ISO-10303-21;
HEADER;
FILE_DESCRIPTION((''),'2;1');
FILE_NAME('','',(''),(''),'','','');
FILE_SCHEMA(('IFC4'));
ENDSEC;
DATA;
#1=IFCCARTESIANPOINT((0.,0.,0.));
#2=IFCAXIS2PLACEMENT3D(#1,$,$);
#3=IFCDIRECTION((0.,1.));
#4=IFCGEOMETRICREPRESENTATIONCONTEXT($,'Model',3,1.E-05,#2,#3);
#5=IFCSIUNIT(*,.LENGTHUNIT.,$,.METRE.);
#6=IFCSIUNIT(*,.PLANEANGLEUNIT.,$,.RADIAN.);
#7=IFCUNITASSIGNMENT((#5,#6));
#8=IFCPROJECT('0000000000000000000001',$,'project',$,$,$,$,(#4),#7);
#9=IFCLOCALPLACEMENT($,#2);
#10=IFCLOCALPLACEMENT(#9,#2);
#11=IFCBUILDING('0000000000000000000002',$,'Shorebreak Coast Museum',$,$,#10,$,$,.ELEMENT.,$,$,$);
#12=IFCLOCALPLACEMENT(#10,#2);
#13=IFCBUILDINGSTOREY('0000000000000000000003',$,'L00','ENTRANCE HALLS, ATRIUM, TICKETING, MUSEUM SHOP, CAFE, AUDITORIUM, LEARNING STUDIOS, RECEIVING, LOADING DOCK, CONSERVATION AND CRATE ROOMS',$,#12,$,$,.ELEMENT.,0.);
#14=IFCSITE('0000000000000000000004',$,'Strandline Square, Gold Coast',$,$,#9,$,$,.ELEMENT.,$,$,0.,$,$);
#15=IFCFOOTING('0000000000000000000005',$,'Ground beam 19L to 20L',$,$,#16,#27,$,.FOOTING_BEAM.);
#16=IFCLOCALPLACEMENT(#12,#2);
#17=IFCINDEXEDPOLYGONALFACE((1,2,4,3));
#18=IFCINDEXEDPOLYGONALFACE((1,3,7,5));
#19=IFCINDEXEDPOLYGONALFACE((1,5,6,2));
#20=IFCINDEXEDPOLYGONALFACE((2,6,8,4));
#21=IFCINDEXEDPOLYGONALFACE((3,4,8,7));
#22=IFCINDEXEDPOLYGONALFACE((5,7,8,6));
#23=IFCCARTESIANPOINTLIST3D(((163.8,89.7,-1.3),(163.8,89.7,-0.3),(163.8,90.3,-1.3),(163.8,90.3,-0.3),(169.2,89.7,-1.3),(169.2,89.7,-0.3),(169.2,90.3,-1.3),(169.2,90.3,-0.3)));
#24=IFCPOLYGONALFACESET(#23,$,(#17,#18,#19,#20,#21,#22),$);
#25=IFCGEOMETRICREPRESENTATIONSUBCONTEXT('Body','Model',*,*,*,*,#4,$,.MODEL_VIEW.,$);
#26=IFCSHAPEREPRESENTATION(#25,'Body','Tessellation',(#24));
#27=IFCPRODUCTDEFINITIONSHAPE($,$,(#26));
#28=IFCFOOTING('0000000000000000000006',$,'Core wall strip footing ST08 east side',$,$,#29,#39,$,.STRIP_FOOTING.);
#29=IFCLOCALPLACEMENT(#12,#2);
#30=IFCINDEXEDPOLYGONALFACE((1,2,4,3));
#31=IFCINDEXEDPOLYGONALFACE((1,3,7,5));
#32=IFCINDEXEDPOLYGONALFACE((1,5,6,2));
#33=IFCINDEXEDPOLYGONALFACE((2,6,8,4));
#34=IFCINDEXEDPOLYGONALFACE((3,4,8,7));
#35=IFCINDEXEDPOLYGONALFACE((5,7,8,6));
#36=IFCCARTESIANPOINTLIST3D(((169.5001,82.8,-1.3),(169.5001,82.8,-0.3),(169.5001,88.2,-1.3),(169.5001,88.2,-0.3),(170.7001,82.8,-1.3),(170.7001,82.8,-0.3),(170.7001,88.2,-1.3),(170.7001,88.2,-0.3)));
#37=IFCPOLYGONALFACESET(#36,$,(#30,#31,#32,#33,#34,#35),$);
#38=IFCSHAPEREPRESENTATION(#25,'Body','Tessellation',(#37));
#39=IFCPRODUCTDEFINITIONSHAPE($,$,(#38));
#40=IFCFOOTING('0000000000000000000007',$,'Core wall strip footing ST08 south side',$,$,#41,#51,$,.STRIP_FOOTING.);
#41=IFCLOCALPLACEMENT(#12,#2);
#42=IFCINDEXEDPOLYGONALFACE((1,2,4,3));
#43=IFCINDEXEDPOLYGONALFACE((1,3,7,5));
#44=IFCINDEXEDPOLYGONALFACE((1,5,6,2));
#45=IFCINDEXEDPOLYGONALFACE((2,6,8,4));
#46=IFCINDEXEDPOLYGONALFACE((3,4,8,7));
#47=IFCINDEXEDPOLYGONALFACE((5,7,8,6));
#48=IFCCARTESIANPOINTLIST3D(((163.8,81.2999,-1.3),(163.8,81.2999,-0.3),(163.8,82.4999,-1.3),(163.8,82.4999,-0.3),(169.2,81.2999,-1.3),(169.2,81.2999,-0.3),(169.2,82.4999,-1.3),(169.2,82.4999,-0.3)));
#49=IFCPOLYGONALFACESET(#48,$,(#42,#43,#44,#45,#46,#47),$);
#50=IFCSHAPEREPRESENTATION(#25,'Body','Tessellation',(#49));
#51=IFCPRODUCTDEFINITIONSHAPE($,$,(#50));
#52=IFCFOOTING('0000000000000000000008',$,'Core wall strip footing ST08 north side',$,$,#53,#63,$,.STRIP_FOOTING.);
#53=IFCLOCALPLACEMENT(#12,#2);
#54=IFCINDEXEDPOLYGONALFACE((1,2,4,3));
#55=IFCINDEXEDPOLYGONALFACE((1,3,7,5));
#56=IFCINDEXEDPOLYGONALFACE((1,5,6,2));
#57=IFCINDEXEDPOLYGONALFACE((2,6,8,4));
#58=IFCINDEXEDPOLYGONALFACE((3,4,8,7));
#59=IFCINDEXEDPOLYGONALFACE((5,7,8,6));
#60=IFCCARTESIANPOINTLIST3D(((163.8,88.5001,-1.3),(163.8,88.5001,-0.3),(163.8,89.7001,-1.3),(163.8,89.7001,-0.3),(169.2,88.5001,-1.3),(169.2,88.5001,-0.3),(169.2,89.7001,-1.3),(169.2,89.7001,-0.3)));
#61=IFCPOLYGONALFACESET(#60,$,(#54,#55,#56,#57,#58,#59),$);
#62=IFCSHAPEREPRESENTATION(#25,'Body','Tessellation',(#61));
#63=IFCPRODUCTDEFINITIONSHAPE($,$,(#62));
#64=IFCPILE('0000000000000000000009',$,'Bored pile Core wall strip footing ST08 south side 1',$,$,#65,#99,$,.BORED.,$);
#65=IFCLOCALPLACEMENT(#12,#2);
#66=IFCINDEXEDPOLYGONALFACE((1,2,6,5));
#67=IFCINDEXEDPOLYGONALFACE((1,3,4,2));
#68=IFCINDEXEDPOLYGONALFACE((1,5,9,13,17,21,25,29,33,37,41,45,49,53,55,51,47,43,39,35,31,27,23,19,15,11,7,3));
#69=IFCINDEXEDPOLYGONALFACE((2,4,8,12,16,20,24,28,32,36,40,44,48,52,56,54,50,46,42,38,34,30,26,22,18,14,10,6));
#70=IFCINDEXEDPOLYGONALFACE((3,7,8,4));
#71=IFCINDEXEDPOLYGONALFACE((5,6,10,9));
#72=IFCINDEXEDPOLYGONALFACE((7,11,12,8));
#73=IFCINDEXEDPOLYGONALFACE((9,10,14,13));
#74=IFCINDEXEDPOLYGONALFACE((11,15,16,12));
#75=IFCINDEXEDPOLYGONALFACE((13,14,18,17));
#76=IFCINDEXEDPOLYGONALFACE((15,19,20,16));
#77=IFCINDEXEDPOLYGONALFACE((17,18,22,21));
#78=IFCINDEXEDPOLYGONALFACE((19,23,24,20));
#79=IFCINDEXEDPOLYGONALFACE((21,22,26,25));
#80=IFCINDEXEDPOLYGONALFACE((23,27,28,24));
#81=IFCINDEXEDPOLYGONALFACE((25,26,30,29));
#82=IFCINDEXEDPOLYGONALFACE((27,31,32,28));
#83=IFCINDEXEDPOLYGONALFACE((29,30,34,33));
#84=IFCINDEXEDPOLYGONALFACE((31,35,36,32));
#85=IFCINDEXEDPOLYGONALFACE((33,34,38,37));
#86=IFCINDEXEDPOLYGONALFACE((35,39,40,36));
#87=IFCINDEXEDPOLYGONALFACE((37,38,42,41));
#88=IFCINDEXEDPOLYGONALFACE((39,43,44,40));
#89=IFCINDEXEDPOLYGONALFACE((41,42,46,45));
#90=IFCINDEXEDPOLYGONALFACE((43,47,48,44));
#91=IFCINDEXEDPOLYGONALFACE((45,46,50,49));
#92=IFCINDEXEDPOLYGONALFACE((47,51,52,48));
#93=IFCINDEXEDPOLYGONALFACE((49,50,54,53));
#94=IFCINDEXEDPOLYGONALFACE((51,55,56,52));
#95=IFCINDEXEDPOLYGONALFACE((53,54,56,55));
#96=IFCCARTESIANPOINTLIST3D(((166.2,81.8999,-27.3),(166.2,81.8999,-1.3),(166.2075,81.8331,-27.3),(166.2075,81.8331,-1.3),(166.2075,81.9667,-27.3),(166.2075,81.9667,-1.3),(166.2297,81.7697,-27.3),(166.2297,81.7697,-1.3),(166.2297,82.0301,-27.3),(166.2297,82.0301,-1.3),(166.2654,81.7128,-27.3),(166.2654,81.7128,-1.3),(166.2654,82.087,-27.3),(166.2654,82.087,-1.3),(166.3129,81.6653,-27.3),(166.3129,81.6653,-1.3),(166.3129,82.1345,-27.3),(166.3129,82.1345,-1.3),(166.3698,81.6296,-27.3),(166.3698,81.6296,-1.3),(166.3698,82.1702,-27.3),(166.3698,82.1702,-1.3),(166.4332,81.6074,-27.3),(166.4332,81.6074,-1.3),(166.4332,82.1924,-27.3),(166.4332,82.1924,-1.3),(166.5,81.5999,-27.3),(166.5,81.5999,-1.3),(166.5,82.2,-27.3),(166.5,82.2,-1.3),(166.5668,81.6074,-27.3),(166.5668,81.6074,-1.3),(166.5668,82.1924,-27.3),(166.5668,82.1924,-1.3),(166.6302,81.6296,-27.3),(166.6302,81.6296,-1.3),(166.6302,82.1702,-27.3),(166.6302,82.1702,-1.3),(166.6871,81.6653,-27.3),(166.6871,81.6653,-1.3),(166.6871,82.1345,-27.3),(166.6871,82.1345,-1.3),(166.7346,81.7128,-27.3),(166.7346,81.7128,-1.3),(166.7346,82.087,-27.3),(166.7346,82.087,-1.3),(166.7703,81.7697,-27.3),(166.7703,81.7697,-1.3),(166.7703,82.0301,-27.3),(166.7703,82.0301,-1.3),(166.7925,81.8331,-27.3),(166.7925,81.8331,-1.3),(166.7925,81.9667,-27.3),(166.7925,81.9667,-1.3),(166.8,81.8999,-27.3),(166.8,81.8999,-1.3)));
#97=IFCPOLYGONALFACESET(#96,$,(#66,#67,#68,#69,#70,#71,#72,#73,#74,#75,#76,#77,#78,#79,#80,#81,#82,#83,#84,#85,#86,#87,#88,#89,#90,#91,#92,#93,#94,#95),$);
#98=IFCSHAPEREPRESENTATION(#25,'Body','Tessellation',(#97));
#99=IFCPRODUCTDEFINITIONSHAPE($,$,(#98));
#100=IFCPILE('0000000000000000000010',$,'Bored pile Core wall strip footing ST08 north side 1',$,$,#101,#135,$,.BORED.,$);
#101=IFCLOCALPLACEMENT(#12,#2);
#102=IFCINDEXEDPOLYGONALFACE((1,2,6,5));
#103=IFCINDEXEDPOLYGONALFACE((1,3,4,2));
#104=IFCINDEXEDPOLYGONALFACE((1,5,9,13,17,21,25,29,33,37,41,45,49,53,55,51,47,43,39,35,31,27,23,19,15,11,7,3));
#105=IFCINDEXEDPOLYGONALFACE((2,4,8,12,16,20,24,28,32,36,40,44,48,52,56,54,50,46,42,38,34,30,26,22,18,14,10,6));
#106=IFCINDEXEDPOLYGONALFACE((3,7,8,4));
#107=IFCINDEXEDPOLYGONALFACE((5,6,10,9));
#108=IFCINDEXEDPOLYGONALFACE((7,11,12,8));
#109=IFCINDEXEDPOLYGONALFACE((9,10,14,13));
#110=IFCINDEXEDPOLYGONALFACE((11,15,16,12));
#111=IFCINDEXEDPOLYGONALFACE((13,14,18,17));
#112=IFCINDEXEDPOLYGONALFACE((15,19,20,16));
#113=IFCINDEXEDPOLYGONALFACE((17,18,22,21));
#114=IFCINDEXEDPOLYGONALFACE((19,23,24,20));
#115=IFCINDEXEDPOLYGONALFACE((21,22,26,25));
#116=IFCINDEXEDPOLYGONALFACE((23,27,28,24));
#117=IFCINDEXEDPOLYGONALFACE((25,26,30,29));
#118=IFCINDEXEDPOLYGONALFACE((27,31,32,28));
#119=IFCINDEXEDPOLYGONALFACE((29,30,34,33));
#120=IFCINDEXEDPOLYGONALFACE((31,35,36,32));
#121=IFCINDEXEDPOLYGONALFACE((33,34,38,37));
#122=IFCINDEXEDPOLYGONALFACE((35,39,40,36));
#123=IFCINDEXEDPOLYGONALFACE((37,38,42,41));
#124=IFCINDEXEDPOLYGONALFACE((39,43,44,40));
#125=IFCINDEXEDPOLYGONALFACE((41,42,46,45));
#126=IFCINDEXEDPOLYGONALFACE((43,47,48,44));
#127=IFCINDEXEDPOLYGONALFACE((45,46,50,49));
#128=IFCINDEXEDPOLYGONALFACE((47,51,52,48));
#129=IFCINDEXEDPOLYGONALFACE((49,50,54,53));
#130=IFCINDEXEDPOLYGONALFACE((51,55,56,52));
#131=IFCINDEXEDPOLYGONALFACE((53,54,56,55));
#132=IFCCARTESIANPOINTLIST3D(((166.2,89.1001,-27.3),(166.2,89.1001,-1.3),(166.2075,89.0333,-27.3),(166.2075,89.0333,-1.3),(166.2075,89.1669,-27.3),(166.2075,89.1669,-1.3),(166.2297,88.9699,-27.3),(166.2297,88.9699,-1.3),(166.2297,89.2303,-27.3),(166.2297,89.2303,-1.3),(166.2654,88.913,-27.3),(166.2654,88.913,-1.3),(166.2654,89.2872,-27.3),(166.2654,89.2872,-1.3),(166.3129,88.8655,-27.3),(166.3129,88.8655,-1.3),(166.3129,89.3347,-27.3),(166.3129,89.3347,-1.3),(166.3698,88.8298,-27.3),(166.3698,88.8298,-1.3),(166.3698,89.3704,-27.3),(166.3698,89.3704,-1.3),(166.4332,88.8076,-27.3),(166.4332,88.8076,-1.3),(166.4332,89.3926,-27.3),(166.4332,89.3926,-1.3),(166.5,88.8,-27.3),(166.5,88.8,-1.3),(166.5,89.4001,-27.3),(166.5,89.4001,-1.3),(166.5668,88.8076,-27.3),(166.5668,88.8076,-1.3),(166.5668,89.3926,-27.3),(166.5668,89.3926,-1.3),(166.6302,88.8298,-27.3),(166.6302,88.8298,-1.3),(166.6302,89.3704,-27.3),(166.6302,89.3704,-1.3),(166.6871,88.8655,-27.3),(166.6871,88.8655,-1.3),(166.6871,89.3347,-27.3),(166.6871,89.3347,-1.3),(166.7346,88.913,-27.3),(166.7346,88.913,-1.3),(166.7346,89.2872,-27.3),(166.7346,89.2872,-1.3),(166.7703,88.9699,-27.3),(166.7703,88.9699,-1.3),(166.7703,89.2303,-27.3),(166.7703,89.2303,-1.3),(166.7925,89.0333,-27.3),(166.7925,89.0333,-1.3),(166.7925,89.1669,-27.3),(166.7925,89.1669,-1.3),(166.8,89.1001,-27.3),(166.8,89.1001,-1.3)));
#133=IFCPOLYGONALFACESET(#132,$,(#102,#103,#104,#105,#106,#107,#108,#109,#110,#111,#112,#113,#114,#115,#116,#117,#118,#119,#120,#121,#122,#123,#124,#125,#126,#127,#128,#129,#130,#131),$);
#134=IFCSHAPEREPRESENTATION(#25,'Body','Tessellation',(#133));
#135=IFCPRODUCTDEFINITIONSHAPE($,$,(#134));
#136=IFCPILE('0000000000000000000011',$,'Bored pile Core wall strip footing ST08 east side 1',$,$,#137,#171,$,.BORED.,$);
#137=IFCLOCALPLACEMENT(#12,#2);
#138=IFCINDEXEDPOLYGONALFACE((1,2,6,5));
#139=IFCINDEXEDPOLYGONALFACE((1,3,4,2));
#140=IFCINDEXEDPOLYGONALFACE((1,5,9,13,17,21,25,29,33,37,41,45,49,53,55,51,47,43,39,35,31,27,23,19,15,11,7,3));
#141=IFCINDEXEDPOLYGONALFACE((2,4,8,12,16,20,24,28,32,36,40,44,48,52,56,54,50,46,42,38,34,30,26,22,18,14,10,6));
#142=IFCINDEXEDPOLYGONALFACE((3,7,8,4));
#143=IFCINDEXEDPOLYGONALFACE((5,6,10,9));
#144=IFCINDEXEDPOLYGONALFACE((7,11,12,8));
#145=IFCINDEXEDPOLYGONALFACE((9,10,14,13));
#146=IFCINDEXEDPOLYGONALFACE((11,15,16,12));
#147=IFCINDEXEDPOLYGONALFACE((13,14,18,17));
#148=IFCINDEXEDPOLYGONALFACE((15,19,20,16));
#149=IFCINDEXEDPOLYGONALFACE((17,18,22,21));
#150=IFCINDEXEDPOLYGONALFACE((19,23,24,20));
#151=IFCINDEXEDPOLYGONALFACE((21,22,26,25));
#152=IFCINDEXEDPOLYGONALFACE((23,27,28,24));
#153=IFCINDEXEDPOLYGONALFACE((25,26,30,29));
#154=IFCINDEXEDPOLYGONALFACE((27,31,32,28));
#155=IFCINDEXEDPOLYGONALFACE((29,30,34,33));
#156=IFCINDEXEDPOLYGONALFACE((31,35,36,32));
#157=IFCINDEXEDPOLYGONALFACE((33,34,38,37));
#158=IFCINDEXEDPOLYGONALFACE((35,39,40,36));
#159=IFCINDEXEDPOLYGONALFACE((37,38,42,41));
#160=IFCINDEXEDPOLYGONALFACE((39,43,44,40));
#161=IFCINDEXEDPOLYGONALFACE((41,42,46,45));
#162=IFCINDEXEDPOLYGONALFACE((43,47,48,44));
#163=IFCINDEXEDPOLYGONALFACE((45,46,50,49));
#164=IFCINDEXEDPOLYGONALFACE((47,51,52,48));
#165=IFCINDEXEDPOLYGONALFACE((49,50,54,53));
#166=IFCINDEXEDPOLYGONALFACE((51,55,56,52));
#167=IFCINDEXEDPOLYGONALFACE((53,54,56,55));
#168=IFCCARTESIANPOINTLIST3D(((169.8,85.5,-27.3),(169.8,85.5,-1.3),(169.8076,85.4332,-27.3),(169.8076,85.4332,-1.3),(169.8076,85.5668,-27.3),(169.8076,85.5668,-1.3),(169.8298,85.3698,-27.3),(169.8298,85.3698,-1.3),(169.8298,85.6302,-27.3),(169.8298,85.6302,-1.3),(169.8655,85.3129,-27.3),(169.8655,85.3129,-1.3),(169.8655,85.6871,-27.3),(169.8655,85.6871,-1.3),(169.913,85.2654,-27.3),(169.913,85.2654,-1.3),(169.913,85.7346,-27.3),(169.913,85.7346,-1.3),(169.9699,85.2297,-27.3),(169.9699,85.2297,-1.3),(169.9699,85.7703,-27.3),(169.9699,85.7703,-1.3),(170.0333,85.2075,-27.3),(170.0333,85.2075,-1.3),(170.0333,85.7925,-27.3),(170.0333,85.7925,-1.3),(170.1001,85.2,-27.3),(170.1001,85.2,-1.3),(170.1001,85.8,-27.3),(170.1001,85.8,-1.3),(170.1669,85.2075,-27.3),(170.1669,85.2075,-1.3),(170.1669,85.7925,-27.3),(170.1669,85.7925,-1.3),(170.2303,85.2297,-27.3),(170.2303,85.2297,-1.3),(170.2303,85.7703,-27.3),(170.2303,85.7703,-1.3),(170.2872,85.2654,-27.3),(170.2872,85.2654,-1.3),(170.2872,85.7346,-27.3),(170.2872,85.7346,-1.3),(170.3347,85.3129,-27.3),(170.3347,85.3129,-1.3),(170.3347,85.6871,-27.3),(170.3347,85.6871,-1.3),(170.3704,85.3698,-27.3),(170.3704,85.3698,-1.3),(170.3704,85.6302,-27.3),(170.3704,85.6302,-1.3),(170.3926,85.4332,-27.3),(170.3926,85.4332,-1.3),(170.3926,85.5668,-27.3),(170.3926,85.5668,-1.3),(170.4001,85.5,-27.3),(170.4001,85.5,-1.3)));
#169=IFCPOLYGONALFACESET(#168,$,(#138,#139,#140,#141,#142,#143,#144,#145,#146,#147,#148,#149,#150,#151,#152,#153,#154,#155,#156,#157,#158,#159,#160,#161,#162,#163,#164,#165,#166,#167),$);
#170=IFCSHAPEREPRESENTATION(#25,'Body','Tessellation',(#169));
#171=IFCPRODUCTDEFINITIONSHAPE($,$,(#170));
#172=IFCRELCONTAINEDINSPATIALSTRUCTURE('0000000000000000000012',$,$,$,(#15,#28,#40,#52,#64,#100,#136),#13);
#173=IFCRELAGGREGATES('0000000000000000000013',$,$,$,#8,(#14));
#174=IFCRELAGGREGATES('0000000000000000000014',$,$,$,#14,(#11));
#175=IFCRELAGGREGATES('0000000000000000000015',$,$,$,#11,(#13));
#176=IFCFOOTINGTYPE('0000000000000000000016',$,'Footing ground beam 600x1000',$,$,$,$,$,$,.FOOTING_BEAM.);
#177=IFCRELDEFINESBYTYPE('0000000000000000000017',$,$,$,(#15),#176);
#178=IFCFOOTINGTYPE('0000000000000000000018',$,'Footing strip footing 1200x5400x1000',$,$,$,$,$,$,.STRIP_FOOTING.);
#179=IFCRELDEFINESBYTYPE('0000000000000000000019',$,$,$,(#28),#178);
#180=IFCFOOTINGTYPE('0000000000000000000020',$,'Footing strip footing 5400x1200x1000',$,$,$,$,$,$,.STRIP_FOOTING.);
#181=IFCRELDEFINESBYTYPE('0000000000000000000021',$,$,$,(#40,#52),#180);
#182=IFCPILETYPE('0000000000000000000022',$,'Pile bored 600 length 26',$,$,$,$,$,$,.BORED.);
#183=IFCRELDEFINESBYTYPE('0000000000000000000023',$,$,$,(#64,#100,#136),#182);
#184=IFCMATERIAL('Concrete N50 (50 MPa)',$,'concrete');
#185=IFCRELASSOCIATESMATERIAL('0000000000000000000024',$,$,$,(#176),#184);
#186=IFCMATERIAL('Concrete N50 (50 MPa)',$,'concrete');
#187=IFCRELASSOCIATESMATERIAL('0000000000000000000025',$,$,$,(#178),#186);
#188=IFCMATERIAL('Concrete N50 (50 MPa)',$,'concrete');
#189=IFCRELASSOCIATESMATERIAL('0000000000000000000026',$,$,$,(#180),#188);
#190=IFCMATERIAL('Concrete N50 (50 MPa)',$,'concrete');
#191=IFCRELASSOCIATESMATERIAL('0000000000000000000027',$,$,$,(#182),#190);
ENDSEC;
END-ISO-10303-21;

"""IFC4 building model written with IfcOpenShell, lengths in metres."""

from ifc_helpers import new_model, si_unit, direction, frame, origin, origin_2d, place, context, subcontext, project, spatial, rectangle, circle, extrude, material, material_profile, profile_set, type_object, element, save


model = new_model("IFC4")

# Units and contexts
model_context = context("Model", 3, precision=1e-05, world=origin(), true_north=direction((0.0, 1.0)))
body_context = subcontext(model_context, "Body", "Model", "MODEL_VIEW")
ifc_project = project(units=[si_unit("LENGTHUNIT", "METRE"), si_unit("PLANEANGLEUNIT", "RADIAN")], contexts=[model_context])

# Site, building, storey
site_placement = place(None, origin())
site = spatial("IfcSite", under=ifc_project, at=site_placement, Name="Strandline Square, Gold Coast", CompositionType="ELEMENT", RefElevation=0.0)
building_placement = place(site_placement, origin())
building = spatial("IfcBuilding", under=site, at=building_placement, Name="Shorebreak Coast Museum", CompositionType="ELEMENT")
storey_placement = place(building_placement, origin())
storey = spatial("IfcBuildingStorey", under=building, at=storey_placement, Name="L00", Description="ENTRANCE HALLS, ATRIUM, TICKETING, MUSEUM SHOP, CAFE, AUDITORIUM, LEARNING STUDIOS, RECEIVING, LOADING DOCK, CONSERVATION AND CRATE ROOMS", CompositionType="ELEMENT", Elevation=0.0)

# Footings
ifc_material_1 = material(Name="Concrete N50 (50 MPa)", Category="concrete")
footing_type_1 = type_object("IfcFootingType", Name="Footing ground beam 600x1000", PredefinedType="FOOTING_BEAM", material=ifc_material_1)
footing_1_placement = place(storey_placement, frame((166.5, 90.0, -1.3), z_axis=(0.0, 0.0, 1.0), x_axis=(1.0, 0.0, 0.0)))
element("IfcFooting", 1, at=footing_1_placement, inside=storey, type_object=footing_type_1, Name="Ground beam 19L to 20L", PredefinedType="FOOTING_BEAM", context=body_context, shape_type="SweptSolid", body=[
    extrude(rectangle(XDim=5.3999, YDim=0.6001, at=origin_2d()), origin(), (0.0, 0.0, 1.0), 1.0),
])
ifc_material_2 = material(Name="Concrete N50 (50 MPa)", Category="concrete")
footing_type_2 = type_object("IfcFootingType", Name="Footing strip footing 1200x5400x1000", PredefinedType="STRIP_FOOTING", material=ifc_material_2)
footing_2_placement = place(storey_placement, frame((170.1001, 85.5, -1.3), z_axis=(0.0, 0.0, 1.0), x_axis=(1.0, 0.0, 0.0)))
element("IfcFooting", 2, at=footing_2_placement, inside=storey, type_object=footing_type_2, Name="Core wall strip footing ST08 east side", PredefinedType="STRIP_FOOTING", context=body_context, shape_type="SweptSolid", body=[
    extrude(rectangle(XDim=1.2, YDim=5.3999, at=origin_2d()), origin(), (0.0, 0.0, 1.0), 1.0),
])
ifc_material_3 = material(Name="Concrete N50 (50 MPa)", Category="concrete")
footing_type_3 = type_object("IfcFootingType", Name="Footing strip footing 5400x1200x1000", PredefinedType="STRIP_FOOTING", material=ifc_material_3)
for number, where, z_axis, x_axis, name in (
    (3, (166.5, 81.8999, -1.3), (0.0, 0.0, 1.0), (1.0, 0.0, 0.0), "Core wall strip footing ST08 south side"),
    (4, (166.5, 89.1001, -1.3), (0.0, 0.0, 1.0), (1.0, 0.0, 0.0), "Core wall strip footing ST08 north side"),
):
    element("IfcFooting", number, at=place(storey_placement, frame(where, z_axis=z_axis, x_axis=x_axis)), inside=storey, type_object=footing_type_3, Name=name, PredefinedType="STRIP_FOOTING", context=body_context, shape_type="SweptSolid", body=[
        extrude(rectangle(XDim=5.3999, YDim=1.2, at=origin_2d()), origin(), (0.0, 0.0, 1.0), 1.0),
    ])

# Piles
ifc_material_4 = material(Name="Concrete N50 (50 MPa)", Category="concrete")
ifc_material_profile_1 = material_profile(ifc_material_4, circle(Radius=0.3, at=origin_2d()), Name="Pile bored 600 length 26")
ifc_profile_set_1 = profile_set([ifc_material_profile_1], Name="Concrete N50 (50 MPa)")
pile_type_1 = type_object("IfcPileType", Name="Pile bored 600 length 26", PredefinedType="BORED", material=ifc_profile_set_1)
for number, where, z_axis, x_axis, name in (
    (5, (166.5, 81.8999, -1.3), (0.0, 0.0, -1.0), (1.0, 0.0, 0.0), "Bored pile Core wall strip footing ST08 south side 1"),
    (6, (166.5, 89.1001, -1.3), (0.0, 0.0, -1.0), (1.0, 0.0, 0.0), "Bored pile Core wall strip footing ST08 north side 1"),
    (7, (170.1001, 85.5, -1.3), (0.0, 0.0, -1.0), (1.0, 0.0, 0.0), "Bored pile Core wall strip footing ST08 east side 1"),
):
    element("IfcPile", number, at=place(storey_placement, frame(where, z_axis=z_axis, x_axis=x_axis)), inside=storey, type_object=pile_type_1, Name=name, PredefinedType="BORED", context=body_context, shape_type="SweptSolid", body=[
        extrude(circle(Radius=0.3, at=origin_2d()), origin(), (0.0, 0.0, 1.0), 26.0),
    ])

save(model, "model.ifc")
